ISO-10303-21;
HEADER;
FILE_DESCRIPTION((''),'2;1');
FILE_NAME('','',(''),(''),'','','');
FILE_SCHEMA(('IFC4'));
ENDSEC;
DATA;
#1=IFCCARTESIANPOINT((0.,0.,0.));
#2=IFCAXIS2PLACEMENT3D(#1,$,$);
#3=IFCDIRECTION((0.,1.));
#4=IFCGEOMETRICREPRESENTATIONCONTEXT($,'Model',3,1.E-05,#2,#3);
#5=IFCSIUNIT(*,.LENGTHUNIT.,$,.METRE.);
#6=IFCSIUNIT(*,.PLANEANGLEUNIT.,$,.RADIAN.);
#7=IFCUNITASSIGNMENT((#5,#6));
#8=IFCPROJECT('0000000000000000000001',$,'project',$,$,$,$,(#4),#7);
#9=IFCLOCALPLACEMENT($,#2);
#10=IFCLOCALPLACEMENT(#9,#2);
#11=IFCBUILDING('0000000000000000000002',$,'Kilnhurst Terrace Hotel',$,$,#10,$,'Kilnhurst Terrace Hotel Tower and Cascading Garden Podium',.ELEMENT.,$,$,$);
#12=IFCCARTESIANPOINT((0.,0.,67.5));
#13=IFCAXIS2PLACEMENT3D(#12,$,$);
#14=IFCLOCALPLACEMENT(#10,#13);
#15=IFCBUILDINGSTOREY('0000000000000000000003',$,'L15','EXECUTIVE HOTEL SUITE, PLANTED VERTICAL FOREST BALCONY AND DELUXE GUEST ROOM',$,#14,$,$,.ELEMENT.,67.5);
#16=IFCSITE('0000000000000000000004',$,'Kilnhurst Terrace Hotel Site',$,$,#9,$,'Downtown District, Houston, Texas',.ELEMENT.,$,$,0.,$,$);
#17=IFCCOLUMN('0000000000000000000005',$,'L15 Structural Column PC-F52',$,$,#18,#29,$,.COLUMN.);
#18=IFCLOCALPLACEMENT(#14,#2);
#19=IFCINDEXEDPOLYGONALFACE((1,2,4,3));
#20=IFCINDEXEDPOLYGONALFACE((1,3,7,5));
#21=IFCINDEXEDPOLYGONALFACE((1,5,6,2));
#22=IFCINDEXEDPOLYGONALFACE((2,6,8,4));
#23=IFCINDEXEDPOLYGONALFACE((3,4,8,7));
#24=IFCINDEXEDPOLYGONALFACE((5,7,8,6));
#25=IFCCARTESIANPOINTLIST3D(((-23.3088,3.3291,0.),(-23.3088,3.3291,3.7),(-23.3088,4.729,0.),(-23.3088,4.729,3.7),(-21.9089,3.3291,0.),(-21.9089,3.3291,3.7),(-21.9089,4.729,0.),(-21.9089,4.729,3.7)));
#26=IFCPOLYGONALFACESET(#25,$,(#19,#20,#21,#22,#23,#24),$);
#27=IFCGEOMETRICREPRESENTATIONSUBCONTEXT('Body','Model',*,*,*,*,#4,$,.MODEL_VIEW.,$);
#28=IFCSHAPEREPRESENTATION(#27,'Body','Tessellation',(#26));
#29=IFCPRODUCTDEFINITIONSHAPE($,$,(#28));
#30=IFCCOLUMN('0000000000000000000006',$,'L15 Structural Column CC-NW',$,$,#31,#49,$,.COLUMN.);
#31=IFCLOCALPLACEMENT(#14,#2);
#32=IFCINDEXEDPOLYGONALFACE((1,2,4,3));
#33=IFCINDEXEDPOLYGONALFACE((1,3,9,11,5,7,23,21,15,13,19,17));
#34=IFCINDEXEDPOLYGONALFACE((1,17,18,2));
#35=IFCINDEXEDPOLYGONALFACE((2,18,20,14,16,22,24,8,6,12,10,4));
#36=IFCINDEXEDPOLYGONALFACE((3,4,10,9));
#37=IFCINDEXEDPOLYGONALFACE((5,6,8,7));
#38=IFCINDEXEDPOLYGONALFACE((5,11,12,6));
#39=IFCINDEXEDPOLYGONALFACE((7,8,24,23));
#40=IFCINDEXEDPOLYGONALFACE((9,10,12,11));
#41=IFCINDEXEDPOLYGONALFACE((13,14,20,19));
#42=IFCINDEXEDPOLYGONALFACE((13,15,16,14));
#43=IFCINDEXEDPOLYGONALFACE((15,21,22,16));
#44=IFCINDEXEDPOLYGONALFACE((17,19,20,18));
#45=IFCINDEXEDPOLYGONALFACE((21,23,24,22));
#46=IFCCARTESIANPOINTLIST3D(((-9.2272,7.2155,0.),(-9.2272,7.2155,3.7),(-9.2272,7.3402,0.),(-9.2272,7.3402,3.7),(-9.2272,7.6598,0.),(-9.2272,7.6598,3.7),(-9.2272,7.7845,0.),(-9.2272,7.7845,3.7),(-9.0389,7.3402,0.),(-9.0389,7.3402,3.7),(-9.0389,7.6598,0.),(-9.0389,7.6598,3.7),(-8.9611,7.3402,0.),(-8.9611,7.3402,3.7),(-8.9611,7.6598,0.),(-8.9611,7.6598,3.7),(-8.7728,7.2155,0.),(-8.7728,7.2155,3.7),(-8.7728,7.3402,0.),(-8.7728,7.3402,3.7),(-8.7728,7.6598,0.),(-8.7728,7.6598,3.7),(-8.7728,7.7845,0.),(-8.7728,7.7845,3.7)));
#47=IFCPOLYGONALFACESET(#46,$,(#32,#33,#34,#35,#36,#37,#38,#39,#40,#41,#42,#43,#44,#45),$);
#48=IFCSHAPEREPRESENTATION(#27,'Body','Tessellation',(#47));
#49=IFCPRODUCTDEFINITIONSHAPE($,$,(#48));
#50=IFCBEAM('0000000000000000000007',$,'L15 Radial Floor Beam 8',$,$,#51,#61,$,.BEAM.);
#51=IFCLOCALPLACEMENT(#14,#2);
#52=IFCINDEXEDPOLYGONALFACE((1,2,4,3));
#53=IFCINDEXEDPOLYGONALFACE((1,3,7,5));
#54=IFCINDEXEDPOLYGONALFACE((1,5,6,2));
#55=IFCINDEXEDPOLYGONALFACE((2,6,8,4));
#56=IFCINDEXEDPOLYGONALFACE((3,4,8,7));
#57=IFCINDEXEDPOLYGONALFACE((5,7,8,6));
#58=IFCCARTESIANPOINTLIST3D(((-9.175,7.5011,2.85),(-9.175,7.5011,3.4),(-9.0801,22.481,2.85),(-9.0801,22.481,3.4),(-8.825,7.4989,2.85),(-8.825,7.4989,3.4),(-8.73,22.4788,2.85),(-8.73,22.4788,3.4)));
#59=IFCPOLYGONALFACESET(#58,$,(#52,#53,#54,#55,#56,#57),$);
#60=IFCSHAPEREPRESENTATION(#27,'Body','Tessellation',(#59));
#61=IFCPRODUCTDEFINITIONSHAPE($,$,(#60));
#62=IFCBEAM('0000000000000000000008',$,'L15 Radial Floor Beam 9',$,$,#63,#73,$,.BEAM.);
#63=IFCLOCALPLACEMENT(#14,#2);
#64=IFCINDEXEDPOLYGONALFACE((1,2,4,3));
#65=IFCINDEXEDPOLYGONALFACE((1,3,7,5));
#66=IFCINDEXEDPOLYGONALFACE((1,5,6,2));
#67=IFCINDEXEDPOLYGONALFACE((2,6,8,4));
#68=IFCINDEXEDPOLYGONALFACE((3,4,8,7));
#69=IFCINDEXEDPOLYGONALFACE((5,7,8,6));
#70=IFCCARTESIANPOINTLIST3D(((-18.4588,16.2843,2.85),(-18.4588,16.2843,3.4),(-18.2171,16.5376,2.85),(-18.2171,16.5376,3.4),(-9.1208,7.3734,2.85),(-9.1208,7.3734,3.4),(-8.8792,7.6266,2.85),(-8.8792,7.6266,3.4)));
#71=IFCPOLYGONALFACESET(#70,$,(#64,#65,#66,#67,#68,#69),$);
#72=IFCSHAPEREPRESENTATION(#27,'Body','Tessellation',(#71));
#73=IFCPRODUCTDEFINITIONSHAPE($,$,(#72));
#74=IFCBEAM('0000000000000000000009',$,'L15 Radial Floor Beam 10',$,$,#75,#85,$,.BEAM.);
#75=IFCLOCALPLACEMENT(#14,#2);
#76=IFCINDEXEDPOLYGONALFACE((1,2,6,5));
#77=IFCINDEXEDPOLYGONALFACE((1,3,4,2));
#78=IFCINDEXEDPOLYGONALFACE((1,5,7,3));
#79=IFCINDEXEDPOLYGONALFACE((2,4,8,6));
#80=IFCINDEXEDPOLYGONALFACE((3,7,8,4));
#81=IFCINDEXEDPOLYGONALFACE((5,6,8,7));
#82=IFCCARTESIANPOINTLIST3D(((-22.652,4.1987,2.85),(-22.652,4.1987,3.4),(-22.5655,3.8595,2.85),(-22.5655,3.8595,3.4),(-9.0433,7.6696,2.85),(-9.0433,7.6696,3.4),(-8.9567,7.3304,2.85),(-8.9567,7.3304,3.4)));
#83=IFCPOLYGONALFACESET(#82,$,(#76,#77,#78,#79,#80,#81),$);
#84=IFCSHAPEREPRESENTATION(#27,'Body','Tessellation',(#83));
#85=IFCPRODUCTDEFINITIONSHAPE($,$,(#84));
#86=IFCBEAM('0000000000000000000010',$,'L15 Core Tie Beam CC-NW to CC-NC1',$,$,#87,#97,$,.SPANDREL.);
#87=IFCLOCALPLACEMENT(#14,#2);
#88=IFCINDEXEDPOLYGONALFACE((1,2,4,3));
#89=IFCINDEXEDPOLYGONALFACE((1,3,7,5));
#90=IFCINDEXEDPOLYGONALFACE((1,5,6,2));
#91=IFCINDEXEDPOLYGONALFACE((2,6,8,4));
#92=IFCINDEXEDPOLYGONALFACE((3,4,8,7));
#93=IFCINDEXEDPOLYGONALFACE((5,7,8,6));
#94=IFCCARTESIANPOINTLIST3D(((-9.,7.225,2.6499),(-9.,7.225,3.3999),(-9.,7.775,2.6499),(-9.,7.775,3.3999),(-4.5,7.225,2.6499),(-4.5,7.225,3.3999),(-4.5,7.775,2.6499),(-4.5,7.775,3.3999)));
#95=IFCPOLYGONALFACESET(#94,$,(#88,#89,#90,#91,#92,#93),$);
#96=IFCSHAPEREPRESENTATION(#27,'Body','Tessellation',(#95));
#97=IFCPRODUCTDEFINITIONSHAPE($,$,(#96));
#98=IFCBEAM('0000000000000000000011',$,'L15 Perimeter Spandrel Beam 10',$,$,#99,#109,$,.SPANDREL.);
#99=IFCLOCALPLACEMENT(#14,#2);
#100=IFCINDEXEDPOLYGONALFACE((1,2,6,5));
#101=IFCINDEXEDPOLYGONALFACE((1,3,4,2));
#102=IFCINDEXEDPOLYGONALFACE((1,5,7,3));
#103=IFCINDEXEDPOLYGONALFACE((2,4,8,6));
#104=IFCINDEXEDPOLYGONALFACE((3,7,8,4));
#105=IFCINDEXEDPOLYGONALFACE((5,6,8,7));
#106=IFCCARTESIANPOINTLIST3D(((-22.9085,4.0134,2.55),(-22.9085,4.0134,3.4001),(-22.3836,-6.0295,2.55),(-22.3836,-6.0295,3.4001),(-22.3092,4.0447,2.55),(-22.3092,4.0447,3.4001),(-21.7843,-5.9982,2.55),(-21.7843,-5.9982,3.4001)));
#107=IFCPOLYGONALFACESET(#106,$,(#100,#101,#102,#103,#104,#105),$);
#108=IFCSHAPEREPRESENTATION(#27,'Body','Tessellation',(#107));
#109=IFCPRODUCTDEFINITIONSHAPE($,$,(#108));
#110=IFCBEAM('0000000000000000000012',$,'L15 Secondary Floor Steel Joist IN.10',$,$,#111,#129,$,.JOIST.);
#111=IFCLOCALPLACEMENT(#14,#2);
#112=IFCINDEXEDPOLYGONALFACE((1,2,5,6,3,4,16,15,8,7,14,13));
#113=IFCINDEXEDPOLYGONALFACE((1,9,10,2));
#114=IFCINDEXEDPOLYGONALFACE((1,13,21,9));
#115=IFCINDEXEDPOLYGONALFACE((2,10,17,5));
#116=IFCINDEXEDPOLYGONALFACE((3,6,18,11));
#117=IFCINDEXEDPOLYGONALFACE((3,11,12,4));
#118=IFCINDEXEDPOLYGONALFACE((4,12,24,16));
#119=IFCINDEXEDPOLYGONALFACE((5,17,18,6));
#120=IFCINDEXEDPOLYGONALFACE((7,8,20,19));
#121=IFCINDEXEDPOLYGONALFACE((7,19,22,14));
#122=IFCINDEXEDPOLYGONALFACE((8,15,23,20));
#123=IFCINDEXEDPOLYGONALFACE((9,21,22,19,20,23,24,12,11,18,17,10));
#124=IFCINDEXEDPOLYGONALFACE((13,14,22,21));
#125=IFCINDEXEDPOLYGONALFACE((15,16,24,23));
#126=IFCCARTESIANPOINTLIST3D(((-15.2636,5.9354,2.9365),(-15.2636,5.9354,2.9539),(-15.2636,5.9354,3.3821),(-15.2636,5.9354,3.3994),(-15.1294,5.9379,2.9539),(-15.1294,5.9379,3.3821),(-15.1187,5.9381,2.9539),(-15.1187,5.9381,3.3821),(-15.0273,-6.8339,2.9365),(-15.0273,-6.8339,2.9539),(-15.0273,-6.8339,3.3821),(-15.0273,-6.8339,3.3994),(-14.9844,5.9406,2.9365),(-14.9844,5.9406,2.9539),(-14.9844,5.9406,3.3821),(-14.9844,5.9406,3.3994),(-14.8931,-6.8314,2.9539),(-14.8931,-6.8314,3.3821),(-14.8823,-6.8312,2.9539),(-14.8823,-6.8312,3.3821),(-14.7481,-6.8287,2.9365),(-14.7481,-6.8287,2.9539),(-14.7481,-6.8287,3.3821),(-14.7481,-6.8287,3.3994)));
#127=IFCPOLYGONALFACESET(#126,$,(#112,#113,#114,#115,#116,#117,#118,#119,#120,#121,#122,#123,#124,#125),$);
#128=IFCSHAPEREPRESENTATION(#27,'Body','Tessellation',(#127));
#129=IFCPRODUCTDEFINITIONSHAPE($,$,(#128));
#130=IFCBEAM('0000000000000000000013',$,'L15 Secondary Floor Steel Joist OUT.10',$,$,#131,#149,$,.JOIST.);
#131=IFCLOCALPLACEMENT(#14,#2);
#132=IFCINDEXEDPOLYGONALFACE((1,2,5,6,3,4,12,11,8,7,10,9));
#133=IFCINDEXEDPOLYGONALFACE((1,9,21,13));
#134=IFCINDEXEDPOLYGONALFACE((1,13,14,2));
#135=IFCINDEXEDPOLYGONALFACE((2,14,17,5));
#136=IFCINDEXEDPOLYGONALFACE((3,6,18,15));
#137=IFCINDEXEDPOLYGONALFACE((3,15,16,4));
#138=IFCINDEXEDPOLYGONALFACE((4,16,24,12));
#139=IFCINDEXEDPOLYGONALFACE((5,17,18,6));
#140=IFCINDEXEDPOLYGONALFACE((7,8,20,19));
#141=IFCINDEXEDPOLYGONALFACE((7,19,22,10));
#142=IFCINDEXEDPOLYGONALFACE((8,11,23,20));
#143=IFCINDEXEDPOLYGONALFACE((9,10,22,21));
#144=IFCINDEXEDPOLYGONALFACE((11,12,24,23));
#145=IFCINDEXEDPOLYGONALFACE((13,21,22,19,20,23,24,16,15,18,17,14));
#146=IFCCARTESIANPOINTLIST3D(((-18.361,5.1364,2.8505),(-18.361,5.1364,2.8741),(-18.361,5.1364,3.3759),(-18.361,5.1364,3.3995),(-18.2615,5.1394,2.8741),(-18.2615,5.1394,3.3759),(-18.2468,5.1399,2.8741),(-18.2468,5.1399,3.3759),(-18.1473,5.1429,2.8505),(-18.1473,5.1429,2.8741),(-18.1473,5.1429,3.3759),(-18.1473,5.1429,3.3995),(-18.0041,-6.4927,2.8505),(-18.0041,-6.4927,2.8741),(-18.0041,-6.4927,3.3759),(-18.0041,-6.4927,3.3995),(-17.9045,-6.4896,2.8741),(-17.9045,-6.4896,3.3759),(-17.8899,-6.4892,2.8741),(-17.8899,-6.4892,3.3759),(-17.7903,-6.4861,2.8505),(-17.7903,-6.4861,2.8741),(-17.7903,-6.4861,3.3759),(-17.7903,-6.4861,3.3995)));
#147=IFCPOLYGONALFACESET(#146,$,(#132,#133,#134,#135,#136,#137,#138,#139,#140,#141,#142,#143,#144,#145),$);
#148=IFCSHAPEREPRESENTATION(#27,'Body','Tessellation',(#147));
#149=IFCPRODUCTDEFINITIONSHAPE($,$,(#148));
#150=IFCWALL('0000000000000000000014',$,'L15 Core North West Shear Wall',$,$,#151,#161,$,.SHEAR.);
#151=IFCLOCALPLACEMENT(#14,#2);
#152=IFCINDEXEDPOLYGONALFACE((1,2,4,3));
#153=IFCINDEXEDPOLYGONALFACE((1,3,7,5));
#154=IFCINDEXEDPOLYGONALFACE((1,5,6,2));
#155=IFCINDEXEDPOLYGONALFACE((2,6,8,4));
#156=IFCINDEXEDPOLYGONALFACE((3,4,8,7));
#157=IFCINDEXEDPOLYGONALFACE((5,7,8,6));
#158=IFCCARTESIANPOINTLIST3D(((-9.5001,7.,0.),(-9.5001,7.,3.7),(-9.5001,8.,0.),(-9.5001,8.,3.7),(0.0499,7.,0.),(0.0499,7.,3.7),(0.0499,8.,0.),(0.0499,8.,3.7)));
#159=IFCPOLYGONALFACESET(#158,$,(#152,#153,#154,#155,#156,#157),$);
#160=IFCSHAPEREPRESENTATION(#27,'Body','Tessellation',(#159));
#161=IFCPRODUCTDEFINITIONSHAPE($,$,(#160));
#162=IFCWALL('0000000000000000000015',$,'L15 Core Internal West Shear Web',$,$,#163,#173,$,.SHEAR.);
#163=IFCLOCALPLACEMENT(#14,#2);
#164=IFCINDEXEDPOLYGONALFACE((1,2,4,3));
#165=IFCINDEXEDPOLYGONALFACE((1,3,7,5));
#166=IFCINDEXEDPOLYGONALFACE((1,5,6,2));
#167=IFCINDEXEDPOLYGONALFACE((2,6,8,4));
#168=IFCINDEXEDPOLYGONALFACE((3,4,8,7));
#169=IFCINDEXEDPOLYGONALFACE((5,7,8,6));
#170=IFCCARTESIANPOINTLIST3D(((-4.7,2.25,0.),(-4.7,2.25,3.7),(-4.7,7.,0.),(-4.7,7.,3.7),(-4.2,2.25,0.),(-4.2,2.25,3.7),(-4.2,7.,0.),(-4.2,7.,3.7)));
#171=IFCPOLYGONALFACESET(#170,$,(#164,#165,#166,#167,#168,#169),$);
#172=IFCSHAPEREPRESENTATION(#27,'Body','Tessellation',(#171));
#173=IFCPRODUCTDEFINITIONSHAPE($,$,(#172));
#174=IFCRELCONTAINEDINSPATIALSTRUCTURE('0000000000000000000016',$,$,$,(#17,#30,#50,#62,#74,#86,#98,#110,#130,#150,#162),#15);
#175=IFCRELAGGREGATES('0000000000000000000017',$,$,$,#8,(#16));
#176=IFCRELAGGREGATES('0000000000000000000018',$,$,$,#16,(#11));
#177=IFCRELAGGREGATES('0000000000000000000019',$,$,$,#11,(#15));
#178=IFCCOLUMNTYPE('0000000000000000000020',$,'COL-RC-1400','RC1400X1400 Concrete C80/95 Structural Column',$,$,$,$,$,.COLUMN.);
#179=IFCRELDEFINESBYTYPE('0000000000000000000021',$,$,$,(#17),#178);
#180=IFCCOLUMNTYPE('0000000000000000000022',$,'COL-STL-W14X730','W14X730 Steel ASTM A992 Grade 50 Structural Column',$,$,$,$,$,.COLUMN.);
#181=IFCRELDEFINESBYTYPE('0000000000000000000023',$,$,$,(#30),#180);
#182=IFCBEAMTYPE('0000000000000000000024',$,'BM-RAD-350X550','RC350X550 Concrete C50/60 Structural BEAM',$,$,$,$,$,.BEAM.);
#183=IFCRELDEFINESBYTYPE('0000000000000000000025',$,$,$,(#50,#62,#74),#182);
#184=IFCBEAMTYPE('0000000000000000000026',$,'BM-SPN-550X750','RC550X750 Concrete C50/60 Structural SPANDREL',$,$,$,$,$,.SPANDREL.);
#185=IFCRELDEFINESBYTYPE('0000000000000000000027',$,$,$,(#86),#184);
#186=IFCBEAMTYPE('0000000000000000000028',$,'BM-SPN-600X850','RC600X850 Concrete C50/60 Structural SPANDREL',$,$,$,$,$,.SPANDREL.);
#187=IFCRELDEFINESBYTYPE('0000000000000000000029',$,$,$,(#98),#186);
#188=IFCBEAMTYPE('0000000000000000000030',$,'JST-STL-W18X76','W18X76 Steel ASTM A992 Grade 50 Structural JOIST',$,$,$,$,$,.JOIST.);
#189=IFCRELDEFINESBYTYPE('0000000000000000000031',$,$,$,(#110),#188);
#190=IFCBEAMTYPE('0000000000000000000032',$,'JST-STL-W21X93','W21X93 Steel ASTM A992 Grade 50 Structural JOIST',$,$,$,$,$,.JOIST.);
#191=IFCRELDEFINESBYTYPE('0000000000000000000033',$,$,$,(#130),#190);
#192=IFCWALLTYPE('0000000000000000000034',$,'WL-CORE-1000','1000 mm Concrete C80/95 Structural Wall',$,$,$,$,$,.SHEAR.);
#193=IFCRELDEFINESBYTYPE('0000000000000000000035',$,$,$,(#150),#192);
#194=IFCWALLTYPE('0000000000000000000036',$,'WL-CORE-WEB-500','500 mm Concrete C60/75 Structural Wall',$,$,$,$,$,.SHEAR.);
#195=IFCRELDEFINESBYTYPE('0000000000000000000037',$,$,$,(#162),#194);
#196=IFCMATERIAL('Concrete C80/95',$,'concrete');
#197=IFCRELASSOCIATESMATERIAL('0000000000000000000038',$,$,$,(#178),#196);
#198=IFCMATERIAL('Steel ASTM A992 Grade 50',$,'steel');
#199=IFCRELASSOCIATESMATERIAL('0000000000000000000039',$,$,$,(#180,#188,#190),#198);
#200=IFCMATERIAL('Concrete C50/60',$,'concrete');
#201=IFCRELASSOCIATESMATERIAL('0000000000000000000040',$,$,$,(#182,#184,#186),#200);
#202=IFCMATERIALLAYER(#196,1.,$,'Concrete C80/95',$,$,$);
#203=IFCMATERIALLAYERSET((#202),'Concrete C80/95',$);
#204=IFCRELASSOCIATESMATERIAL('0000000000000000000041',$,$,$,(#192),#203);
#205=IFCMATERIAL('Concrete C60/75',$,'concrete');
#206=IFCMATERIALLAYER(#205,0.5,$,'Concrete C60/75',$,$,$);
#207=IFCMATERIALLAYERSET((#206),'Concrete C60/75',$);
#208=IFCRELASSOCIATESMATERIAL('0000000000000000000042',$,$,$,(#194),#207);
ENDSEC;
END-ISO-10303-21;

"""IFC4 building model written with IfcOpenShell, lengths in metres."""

from ifc_helpers import new_model, si_unit, direction, frame, frame_2d, origin, origin_2d, place, context, subcontext, project, spatial, rectangle, i_section, extrude, material, layer, layer_set, material_profile, profile_set, type_object, element, save


model = new_model("IFC4")

# Units and contexts
model_context = context("Model", 3, precision=1e-05, world=origin(), true_north=direction((0.0, 1.0)))
body_context = subcontext(model_context, "Body", "Model", "MODEL_VIEW")
ifc_project = project(units=[si_unit("LENGTHUNIT", "METRE"), si_unit("PLANEANGLEUNIT", "RADIAN")], contexts=[model_context])

# Site, building, storey
site_placement = place(None, origin())
site = spatial("IfcSite", under=ifc_project, at=site_placement, Name="Kilnhurst Terrace Hotel Site", LongName="Downtown District, Houston, Texas", CompositionType="ELEMENT", RefElevation=0.0)
building_placement = place(site_placement, origin())
building = spatial("IfcBuilding", under=site, at=building_placement, Name="Kilnhurst Terrace Hotel", LongName="Kilnhurst Terrace Hotel Tower and Cascading Garden Podium", CompositionType="ELEMENT")
storey_placement = place(building_placement, frame((0.0, 0.0, 67.5)))
storey = spatial("IfcBuildingStorey", under=building, at=storey_placement, Name="L15", Description="EXECUTIVE HOTEL SUITE, PLANTED VERTICAL FOREST BALCONY AND DELUXE GUEST ROOM", CompositionType="ELEMENT", Elevation=67.5)

# Columns
ifc_material_1 = material(Name="Concrete C80/95", Category="concrete")
ifc_material_profile_1 = material_profile(ifc_material_1, rectangle(XDim=1.3999, YDim=1.3999, at=origin_2d()), Name="RC1400X1400")
ifc_profile_set_1 = profile_set([ifc_material_profile_1], Name="Concrete C80/95")
column_type_1 = type_object("IfcColumnType", Name="COL-RC-1400", Description="RC1400X1400 Concrete C80/95 Structural Column", PredefinedType="COLUMN", material=ifc_profile_set_1)
column_1_placement = place(storey_placement, frame((-22.6089, 4.0291, 0.0), z_axis=(0.0, 0.0, 1.0), x_axis=(1.0, 0.0, 0.0)))
element("IfcColumn", 1, at=column_1_placement, inside=storey, type_object=column_type_1, Name="L15 Structural Column PC-F52", PredefinedType="COLUMN", context=body_context, shape_type="SweptSolid", body=[
    extrude(rectangle(XDim=1.3999, YDim=1.3999, at=origin_2d()), origin(), (0.0, 0.0, 1.0), 3.7),
])
ifc_material_2 = material(Name="Steel ASTM A992 Grade 50", Category="steel")
ifc_material_profile_2 = material_profile(ifc_material_2, i_section(OverallWidth=0.4543, OverallDepth=0.5691, WebThickness=0.0779, FlangeThickness=0.1248, at=origin_2d()), Name="W14X730")
ifc_profile_set_2 = profile_set([ifc_material_profile_2], Name="Steel ASTM A992 Grade 50")
column_type_2 = type_object("IfcColumnType", Name="COL-STL-W14X730", Description="W14X730 Steel ASTM A992 Grade 50 Structural Column", PredefinedType="COLUMN", material=ifc_profile_set_2)
column_2_placement = place(storey_placement, frame((-9.0, 7.5, 0.0), z_axis=(0.0, 0.0, 1.0), x_axis=(1.0, 0.0, 0.0)))
element("IfcColumn", 2, at=column_2_placement, inside=storey, type_object=column_type_2, Name="L15 Structural Column CC-NW", PredefinedType="COLUMN", context=body_context, shape_type="SweptSolid", body=[
    extrude(i_section(OverallWidth=0.4543, OverallDepth=0.5691, WebThickness=0.0779, FlangeThickness=0.1248, at=origin_2d()), origin(), (0.0, 0.0, 1.0), 3.7),
])

# Beams
ifc_material_3 = material(Name="Concrete C50/60", Category="concrete")
ifc_material_profile_3 = material_profile(ifc_material_3, rectangle(XDim=0.3501, YDim=0.55, at=origin_2d()), Name="RC350X550")
ifc_profile_set_3 = profile_set([ifc_material_profile_3], Name="Concrete C50/60")
beam_type_1 = type_object("IfcBeamType", Name="BM-RAD-350X550", Description="RC350X550 Concrete C50/60 Structural BEAM", PredefinedType="BEAM", material=ifc_profile_set_3)
beam_1_placement = place(storey_placement, frame((-9.0, 7.5, 3.125), z_axis=(0.00634, 0.99998, 0.0), x_axis=(-0.99998, 0.00634, 0.0)))
element("IfcBeam", 3, at=beam_1_placement, inside=storey, type_object=beam_type_1, Name="L15 Radial Floor Beam 8", PredefinedType="BEAM", context=body_context, shape_type="SweptSolid", body=[
    extrude(rectangle(XDim=0.3501, YDim=0.55, at=origin_2d()), origin(), (0.0, 0.0, 1.0), 14.9802),
])
beam_2_placement = place(storey_placement, frame((-9.0, 7.5, 3.125), z_axis=(-0.723454, 0.690372, 0.0), x_axis=(-0.690372, -0.723454, 0.0)))
element("IfcBeam", 4, at=beam_2_placement, inside=storey, type_object=beam_type_1, Name="L15 Radial Floor Beam 9", PredefinedType="BEAM", context=body_context, shape_type="SweptSolid", body=[
    extrude(rectangle(XDim=0.3501, YDim=0.55, at=origin_2d()), origin(), (0.0, 0.0, 1.0), 12.9075),
])
beam_3_placement = place(storey_placement, frame((-9.0, 7.5, 3.125), z_axis=(-0.96898, -0.247138, 0.0), x_axis=(0.247138, -0.96898, 0.0)))
element("IfcBeam", 5, at=beam_3_placement, inside=storey, type_object=beam_type_1, Name="L15 Radial Floor Beam 10", PredefinedType="BEAM", context=body_context, shape_type="SweptSolid", body=[
    extrude(rectangle(XDim=0.3501, YDim=0.55, at=origin_2d()), origin(), (0.0, 0.0, 1.0), 14.0444),
])
ifc_material_profile_4 = material_profile(ifc_material_3, rectangle(XDim=0.55, YDim=0.75, at=origin_2d()), Name="RC550X750")
ifc_profile_set_4 = profile_set([ifc_material_profile_4], Name="Concrete C50/60")
beam_type_2 = type_object("IfcBeamType", Name="BM-SPN-550X750", Description="RC550X750 Concrete C50/60 Structural SPANDREL", PredefinedType="SPANDREL", material=ifc_profile_set_4)
beam_4_placement = place(storey_placement, frame((-9.0, 7.5, 3.0249), z_axis=(1.0, 0.0, 0.0), x_axis=(0.0, 1.0, 0.0)))
element("IfcBeam", 6, at=beam_4_placement, inside=storey, type_object=beam_type_2, Name="L15 Core Tie Beam CC-NW to CC-NC1", PredefinedType="SPANDREL", context=body_context, shape_type="SweptSolid", body=[
    extrude(rectangle(XDim=0.55, YDim=0.75, at=origin_2d()), origin(), (0.0, 0.0, 1.0), 4.5),
])
ifc_material_profile_5 = material_profile(ifc_material_3, rectangle(XDim=0.6001, YDim=0.8501, at=origin_2d()), Name="RC600X850")
ifc_profile_set_5 = profile_set([ifc_material_profile_5], Name="Concrete C50/60")
beam_type_3 = type_object("IfcBeamType", Name="BM-SPN-600X850", Description="RC600X850 Concrete C50/60 Structural SPANDREL", PredefinedType="SPANDREL", material=ifc_profile_set_5)
beam_5_placement = place(storey_placement, frame((-22.6089, 4.0291, 2.9751), z_axis=(0.052194, -0.998637, 0.0), x_axis=(0.998637, 0.052194, 0.0)))
element("IfcBeam", 7, at=beam_5_placement, inside=storey, type_object=beam_type_3, Name="L15 Perimeter Spandrel Beam 10", PredefinedType="SPANDREL", context=body_context, shape_type="SweptSolid", body=[
    extrude(rectangle(XDim=0.6001, YDim=0.8501, at=origin_2d()), origin(), (0.0, 0.0, 1.0), 10.0566),
])
ifc_material_profile_6 = material_profile(ifc_material_2, i_section(OverallWidth=0.2793, OverallDepth=0.4629, WebThickness=0.0107, FlangeThickness=0.0173, at=origin_2d()), Name="W18X76")
ifc_profile_set_6 = profile_set([ifc_material_profile_6], Name="Steel ASTM A992 Grade 50")
beam_type_4 = type_object("IfcBeamType", Name="JST-STL-W18X76", Description="W18X76 Steel ASTM A992 Grade 50 Structural JOIST", PredefinedType="JOIST", material=ifc_profile_set_6)
beam_6_placement = place(storey_placement, frame((-15.124, 5.938, 3.168), z_axis=(0.018504, -0.999829, 0.0), x_axis=(0.999829, 0.018504, 0.0)))
element("IfcBeam", 8, at=beam_6_placement, inside=storey, type_object=beam_type_4, Name="L15 Secondary Floor Steel Joist IN.10", PredefinedType="JOIST", context=body_context, shape_type="SweptSolid", body=[
    extrude(i_section(OverallWidth=0.2793, OverallDepth=0.4629, WebThickness=0.0107, FlangeThickness=0.0173, at=origin_2d()), origin(), (0.0, 0.0, 1.0), 12.7715),
])
ifc_material_profile_7 = material_profile(ifc_material_2, i_section(OverallWidth=0.2139, OverallDepth=0.5491, WebThickness=0.0146, FlangeThickness=0.0237, at=origin_2d()), Name="W21X93")
ifc_profile_set_7 = profile_set([ifc_material_profile_7], Name="Steel ASTM A992 Grade 50")
beam_type_5 = type_object("IfcBeamType", Name="JST-STL-W21X93", Description="W21X93 Steel ASTM A992 Grade 50 Structural JOIST", PredefinedType="JOIST", material=ifc_profile_set_7)
beam_7_placement = place(storey_placement, frame((-18.2542, 5.1396, 3.125), z_axis=(0.030679, -0.999529, 0.0), x_axis=(0.999529, 0.030679, 0.0)))
element("IfcBeam", 9, at=beam_7_placement, inside=storey, type_object=beam_type_5, Name="L15 Secondary Floor Steel Joist OUT.10", PredefinedType="JOIST", context=body_context, shape_type="SweptSolid", body=[
    extrude(i_section(OverallWidth=0.2139, OverallDepth=0.5491, WebThickness=0.0146, FlangeThickness=0.0237, at=origin_2d()), origin(), (0.0, 0.0, 1.0), 11.6345),
])

# Walls
ifc_layer_1 = layer(ifc_material_1, 1.0, Name="Concrete C80/95")
ifc_layer_set_1 = layer_set([ifc_layer_1], Name="Concrete C80/95")
wall_type_1 = type_object("IfcWallType", Name="WL-CORE-1000", Description="1000 mm Concrete C80/95 Structural Wall", PredefinedType="SHEAR", material=ifc_layer_set_1)
wall_1_placement = place(storey_placement, frame((-9.5, 7.5, 0.0), z_axis=(0.0, 0.0, 1.0), x_axis=(1.0, 0.0, 0.0)))
element("IfcWall", 10, at=wall_1_placement, inside=storey, type_object=wall_type_1, Name="L15 Core North West Shear Wall", PredefinedType="SHEAR", context=body_context, shape_type="SweptSolid", body=[
    extrude(rectangle(XDim=9.55, YDim=1.0, at=frame_2d((4.7749, 0.0))), origin(), (0.0, 0.0, 1.0), 3.7),
])
ifc_material_4 = material(Name="Concrete C60/75", Category="concrete")
ifc_layer_2 = layer(ifc_material_4, 0.5, Name="Concrete C60/75")
ifc_layer_set_2 = layer_set([ifc_layer_2], Name="Concrete C60/75")
wall_type_2 = type_object("IfcWallType", Name="WL-CORE-WEB-500", Description="500 mm Concrete C60/75 Structural Wall", PredefinedType="SHEAR", material=ifc_layer_set_2)
wall_2_placement = place(storey_placement, frame((-4.45, 2.25, 0.0), z_axis=(0.0, 0.0, 1.0), x_axis=(0.0, 1.0, 0.0)))
element("IfcWall", 11, at=wall_2_placement, inside=storey, type_object=wall_type_2, Name="L15 Core Internal West Shear Web", PredefinedType="SHEAR", context=body_context, shape_type="SweptSolid", body=[
    extrude(rectangle(XDim=4.75, YDim=0.5, at=frame_2d((2.375, 0.0))), origin(), (0.0, 0.0, 1.0), 3.7),
])

save(model, "model.ifc")
